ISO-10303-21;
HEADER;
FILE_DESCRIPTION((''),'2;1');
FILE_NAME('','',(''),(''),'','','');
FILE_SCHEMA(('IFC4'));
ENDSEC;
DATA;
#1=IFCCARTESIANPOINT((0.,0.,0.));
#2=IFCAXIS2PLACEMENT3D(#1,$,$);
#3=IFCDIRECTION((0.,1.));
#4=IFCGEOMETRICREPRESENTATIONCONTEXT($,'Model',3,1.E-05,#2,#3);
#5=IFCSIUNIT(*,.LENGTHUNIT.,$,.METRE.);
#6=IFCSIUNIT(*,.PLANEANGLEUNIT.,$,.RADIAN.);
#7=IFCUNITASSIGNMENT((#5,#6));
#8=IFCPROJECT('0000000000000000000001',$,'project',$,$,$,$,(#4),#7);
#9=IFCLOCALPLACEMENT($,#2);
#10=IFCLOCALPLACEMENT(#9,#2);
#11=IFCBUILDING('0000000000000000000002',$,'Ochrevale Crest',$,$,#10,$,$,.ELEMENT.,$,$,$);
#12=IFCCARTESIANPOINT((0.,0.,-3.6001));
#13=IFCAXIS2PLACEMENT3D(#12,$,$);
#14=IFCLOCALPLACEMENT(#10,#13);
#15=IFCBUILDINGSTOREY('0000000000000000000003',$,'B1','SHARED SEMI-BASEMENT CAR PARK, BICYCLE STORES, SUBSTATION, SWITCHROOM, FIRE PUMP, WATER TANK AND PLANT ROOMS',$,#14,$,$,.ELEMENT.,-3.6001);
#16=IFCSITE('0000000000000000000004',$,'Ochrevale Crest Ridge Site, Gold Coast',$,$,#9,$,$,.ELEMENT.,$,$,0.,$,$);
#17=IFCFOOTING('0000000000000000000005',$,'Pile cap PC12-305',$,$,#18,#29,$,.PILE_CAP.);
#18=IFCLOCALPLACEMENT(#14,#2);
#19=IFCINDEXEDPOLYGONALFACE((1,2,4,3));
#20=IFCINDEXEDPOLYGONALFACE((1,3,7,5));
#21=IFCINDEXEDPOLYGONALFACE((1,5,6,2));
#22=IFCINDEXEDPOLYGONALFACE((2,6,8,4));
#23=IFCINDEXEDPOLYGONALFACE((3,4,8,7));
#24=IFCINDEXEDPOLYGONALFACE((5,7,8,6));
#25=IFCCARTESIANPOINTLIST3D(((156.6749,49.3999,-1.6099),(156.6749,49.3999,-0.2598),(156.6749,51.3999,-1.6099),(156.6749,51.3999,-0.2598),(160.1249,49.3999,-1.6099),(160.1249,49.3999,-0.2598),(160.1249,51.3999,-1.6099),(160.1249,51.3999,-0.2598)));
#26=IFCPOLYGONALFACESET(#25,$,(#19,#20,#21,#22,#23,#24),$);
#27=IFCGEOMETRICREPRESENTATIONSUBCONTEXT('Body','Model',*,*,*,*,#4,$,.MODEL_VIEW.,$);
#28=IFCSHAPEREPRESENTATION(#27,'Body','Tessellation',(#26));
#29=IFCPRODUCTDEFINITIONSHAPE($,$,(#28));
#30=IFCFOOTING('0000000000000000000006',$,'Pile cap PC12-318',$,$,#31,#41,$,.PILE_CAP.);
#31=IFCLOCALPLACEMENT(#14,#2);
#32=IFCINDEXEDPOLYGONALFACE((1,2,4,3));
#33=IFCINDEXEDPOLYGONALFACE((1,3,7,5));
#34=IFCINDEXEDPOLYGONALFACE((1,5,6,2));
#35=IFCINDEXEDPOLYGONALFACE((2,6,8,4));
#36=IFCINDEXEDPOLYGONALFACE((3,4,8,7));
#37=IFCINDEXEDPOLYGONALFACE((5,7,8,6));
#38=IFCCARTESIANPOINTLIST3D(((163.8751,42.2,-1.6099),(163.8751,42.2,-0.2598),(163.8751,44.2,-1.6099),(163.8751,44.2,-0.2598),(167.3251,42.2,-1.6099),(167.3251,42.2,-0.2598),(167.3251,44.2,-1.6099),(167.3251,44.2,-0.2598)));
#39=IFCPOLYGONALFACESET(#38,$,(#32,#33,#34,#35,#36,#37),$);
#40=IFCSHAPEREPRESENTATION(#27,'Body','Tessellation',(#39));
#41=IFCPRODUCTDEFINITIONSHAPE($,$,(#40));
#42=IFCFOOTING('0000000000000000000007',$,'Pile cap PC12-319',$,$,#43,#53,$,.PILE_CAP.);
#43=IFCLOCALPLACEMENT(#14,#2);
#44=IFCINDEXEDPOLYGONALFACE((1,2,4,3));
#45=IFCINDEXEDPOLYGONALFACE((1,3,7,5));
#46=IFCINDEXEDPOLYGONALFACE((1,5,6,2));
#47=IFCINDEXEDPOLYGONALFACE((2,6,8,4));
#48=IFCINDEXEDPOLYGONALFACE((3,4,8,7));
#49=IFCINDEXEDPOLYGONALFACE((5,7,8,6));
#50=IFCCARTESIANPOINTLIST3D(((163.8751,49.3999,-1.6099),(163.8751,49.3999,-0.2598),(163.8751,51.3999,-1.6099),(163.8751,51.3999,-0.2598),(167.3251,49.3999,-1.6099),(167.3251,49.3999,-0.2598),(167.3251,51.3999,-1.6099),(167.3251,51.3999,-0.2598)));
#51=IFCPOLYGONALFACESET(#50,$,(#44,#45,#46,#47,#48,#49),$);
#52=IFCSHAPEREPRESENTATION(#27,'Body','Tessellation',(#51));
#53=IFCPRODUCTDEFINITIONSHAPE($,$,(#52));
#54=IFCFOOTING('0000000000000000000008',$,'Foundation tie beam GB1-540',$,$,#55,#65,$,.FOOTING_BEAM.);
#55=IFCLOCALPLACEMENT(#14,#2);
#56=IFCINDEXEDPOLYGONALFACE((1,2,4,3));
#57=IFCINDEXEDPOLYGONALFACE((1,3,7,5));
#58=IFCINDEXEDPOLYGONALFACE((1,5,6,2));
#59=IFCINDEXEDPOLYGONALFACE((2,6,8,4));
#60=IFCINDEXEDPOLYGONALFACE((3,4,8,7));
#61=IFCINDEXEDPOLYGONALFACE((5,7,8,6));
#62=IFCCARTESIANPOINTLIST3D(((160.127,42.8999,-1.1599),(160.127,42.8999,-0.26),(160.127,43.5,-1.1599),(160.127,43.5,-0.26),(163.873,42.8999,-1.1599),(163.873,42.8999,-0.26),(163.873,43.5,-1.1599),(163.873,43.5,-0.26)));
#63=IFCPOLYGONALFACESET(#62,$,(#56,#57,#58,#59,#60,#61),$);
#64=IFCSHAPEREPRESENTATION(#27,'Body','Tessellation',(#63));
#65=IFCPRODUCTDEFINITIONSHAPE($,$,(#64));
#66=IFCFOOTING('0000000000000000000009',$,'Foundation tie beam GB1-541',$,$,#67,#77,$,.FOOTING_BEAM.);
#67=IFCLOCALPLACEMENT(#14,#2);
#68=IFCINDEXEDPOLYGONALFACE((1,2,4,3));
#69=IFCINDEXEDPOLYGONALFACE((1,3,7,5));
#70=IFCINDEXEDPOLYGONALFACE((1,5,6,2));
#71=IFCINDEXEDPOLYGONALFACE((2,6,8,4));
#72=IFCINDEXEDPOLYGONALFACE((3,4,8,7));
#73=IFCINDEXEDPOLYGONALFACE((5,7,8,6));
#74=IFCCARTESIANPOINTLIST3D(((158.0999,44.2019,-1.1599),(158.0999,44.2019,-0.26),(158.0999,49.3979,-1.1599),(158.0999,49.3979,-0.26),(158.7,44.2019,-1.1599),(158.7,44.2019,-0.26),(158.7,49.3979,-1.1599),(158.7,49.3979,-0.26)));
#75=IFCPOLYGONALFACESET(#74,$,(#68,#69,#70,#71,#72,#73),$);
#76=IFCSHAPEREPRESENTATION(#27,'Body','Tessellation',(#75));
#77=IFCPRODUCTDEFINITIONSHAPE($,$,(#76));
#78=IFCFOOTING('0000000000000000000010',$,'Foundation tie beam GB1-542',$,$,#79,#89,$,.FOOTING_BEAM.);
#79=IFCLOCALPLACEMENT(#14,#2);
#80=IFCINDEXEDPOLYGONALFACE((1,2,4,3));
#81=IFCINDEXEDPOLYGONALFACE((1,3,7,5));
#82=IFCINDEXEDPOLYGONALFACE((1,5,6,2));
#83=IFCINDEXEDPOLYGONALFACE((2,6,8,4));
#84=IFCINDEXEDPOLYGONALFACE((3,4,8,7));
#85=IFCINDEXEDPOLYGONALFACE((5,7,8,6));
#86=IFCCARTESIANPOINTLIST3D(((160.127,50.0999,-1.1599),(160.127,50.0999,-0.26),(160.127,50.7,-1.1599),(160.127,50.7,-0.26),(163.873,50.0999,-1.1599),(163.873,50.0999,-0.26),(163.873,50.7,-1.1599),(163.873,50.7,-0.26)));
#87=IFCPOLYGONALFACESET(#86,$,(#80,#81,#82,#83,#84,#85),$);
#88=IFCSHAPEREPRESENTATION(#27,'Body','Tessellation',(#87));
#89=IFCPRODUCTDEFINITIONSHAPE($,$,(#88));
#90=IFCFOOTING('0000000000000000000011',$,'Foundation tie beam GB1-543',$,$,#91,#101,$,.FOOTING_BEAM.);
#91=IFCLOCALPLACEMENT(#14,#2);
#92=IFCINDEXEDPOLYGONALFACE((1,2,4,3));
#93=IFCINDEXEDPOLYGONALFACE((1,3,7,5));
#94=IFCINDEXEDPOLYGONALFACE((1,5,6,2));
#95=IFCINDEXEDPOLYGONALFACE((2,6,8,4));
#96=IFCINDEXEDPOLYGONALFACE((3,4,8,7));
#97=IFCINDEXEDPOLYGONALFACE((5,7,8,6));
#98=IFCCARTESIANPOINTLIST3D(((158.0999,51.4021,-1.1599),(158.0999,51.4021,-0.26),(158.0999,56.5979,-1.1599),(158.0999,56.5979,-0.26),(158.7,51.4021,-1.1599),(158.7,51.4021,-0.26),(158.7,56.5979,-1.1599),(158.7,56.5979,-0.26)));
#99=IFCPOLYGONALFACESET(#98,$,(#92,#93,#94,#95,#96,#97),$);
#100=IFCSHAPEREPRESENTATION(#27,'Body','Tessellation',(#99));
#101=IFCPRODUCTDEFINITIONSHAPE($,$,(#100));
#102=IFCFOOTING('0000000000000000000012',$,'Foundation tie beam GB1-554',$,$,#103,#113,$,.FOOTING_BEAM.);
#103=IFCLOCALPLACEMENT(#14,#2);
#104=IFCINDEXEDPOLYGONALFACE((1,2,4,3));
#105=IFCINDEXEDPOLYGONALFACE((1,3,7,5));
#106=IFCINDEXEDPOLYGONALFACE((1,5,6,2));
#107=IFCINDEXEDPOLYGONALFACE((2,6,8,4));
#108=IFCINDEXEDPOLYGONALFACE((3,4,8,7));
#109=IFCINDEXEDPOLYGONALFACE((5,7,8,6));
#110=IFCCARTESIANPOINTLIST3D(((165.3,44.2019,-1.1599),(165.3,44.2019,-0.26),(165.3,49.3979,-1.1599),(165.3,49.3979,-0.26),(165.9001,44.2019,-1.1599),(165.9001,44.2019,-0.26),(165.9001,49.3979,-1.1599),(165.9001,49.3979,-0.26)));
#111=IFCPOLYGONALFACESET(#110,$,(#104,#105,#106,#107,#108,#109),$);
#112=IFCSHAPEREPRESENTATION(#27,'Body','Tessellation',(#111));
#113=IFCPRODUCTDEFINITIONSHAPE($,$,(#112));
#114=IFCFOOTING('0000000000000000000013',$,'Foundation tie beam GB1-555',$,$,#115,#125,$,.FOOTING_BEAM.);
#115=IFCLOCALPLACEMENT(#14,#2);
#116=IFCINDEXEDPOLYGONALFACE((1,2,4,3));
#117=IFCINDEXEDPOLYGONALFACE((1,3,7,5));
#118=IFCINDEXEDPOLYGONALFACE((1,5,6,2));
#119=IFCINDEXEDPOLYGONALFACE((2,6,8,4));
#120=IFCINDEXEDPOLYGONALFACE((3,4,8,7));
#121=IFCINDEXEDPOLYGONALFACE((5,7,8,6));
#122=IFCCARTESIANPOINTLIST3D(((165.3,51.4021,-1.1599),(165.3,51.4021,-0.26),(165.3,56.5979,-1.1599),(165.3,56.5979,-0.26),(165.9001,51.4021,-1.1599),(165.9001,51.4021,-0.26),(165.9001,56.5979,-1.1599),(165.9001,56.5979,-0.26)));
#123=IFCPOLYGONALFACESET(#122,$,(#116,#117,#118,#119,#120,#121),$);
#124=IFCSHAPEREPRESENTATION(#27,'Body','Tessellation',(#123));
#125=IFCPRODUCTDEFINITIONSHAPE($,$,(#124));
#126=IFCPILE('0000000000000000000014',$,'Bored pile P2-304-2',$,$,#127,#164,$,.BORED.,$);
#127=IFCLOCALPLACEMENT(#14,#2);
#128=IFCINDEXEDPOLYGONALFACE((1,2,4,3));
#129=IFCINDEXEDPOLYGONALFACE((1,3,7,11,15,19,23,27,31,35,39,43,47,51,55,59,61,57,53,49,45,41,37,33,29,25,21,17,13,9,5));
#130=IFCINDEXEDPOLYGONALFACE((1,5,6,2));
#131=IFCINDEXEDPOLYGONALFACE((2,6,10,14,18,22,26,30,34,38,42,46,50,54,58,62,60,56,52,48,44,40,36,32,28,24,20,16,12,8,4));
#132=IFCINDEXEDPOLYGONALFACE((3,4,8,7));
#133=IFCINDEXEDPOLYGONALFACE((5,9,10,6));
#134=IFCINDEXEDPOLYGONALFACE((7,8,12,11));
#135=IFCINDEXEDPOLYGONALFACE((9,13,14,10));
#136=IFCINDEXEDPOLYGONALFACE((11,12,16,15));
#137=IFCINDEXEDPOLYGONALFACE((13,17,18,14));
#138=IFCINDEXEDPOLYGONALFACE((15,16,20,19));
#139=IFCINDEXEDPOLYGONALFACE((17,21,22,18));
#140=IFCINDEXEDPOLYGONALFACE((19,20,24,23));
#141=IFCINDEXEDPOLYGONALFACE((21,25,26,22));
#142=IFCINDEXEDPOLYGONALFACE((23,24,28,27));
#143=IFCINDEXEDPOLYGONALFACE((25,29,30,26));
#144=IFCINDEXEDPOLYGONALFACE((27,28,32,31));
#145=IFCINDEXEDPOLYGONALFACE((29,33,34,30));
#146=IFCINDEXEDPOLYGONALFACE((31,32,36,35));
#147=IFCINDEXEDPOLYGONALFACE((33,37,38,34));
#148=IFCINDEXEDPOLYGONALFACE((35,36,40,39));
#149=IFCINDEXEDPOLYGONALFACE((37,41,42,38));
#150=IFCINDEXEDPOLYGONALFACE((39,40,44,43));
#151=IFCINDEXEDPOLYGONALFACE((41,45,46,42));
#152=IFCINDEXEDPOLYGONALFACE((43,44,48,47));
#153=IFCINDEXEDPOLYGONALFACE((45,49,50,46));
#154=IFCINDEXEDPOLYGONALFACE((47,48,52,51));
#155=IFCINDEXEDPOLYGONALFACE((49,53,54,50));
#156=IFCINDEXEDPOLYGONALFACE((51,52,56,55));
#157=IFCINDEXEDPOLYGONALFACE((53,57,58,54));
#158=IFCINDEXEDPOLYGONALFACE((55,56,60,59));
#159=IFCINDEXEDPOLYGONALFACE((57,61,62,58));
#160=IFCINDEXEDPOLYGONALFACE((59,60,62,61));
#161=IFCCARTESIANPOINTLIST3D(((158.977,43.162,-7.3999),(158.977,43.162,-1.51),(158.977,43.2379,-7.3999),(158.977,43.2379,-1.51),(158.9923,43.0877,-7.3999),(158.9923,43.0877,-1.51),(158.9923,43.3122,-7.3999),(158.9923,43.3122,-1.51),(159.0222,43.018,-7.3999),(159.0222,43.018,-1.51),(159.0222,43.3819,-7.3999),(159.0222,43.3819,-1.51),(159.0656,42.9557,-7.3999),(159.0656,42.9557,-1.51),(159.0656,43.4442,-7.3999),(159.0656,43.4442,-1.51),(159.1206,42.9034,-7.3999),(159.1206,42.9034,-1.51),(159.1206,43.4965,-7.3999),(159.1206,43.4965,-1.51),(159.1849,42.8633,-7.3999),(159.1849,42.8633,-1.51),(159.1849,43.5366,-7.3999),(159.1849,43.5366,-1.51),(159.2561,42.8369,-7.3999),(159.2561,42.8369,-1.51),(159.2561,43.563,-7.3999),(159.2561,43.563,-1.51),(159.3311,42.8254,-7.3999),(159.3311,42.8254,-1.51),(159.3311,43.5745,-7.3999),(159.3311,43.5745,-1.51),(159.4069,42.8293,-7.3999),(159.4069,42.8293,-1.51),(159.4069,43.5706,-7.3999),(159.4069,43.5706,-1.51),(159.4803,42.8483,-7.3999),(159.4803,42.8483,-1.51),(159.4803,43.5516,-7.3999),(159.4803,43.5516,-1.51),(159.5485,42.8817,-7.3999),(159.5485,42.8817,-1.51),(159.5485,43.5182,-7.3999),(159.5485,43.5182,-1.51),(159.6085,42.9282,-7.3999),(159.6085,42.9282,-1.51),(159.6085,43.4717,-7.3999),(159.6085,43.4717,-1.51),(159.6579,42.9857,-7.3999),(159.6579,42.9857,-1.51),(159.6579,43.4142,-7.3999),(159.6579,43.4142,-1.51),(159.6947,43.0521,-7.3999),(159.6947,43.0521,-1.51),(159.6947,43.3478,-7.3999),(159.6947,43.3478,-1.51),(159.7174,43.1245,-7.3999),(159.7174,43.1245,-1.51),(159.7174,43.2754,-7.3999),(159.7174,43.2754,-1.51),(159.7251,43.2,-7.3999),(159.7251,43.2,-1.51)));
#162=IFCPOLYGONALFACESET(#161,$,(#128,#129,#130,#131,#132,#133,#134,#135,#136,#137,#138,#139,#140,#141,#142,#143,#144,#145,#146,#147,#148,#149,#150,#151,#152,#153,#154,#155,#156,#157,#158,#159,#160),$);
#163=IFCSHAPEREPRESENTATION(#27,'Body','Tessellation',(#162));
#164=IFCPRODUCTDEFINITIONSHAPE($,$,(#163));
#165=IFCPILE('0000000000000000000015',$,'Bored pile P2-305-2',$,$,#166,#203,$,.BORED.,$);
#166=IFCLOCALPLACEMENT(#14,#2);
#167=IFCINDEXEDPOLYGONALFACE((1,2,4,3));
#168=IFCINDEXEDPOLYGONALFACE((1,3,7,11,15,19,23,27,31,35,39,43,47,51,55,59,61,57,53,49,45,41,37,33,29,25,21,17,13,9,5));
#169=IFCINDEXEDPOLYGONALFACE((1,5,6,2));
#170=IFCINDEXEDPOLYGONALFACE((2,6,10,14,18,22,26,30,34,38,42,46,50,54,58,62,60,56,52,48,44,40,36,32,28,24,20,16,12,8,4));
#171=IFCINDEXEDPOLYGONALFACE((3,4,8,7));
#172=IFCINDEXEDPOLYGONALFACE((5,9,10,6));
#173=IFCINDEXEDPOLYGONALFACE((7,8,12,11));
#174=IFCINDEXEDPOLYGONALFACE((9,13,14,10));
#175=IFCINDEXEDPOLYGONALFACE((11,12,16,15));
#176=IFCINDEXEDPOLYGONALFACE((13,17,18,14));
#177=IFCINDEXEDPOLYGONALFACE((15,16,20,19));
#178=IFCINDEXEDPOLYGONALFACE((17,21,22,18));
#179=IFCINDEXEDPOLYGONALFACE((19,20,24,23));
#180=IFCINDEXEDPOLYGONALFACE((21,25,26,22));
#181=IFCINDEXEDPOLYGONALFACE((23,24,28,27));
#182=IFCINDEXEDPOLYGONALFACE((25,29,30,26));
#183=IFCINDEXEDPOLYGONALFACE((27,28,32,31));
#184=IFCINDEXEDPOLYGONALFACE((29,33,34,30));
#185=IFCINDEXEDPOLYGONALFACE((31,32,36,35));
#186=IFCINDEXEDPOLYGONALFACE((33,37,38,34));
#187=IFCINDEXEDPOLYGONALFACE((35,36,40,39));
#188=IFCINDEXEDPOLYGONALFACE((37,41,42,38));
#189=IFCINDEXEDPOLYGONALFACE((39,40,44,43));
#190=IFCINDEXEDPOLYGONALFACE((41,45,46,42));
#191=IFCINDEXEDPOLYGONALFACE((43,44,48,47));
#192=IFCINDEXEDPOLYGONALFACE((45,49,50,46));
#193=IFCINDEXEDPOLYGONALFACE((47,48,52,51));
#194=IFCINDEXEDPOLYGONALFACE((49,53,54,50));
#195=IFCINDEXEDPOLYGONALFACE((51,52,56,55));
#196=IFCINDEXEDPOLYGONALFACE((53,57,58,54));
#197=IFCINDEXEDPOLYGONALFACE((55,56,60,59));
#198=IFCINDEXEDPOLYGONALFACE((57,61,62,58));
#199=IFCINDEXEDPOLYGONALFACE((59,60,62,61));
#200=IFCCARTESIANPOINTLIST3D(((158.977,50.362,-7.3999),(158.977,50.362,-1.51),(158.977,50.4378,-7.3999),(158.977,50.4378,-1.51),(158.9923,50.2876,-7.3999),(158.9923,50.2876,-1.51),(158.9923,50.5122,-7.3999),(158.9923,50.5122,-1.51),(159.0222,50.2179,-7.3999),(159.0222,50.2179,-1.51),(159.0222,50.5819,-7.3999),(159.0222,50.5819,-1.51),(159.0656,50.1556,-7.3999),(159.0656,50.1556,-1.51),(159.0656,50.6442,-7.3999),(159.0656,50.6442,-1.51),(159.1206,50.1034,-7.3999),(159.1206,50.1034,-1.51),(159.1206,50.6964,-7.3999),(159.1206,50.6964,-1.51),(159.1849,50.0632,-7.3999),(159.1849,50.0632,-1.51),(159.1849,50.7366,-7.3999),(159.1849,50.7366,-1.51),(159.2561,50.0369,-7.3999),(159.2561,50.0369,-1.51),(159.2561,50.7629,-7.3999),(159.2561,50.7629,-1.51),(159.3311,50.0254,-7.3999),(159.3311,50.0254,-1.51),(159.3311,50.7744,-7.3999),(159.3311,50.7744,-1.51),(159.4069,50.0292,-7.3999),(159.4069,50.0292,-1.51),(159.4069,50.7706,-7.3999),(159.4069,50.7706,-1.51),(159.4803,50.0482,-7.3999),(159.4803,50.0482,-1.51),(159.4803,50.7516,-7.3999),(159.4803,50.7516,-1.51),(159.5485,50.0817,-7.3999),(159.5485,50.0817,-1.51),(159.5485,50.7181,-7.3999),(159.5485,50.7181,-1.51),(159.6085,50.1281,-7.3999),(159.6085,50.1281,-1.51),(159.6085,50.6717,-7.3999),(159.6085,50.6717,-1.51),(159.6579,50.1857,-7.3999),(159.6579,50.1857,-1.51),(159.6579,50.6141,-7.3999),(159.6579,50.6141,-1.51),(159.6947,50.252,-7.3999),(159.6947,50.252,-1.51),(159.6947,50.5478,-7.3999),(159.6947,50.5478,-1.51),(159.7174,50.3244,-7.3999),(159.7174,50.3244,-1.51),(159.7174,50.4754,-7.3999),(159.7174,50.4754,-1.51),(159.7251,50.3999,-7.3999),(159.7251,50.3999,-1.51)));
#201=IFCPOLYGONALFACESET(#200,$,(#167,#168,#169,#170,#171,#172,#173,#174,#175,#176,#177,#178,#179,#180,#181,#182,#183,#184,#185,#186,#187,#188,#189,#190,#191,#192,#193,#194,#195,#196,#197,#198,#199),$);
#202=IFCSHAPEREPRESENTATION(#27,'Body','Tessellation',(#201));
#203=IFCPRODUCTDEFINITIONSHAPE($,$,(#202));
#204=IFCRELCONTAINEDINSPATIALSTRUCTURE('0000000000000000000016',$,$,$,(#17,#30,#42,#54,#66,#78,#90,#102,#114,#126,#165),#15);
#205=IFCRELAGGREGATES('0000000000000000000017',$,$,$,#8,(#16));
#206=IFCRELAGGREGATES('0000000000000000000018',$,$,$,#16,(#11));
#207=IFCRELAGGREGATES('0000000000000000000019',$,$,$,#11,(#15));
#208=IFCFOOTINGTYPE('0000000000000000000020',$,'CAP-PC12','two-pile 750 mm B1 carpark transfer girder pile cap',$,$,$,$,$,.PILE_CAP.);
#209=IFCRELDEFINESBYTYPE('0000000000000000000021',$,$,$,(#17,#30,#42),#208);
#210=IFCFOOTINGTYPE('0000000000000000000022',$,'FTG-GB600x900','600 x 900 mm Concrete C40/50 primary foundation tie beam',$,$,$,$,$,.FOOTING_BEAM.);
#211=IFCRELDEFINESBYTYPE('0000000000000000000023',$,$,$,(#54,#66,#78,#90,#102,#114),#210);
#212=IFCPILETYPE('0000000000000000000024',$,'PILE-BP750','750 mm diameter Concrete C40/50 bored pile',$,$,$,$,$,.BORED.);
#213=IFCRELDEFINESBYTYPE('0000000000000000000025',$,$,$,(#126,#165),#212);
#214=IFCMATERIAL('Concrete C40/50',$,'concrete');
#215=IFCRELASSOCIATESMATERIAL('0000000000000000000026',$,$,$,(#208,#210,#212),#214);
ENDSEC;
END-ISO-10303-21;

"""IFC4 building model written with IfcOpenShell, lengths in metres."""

from ifc_helpers import new_model, si_unit, direction, frame, origin, origin_2d, place, context, subcontext, project, spatial, rectangle, circle, extrude, material, material_profile, profile_set, type_object, element, save


model = new_model("IFC4")

# Units and contexts
model_context = context("Model", 3, precision=1e-05, world=origin(), true_north=direction((0.0, 1.0)))
body_context = subcontext(model_context, "Body", "Model", "MODEL_VIEW")
ifc_project = project(units=[si_unit("LENGTHUNIT", "METRE"), si_unit("PLANEANGLEUNIT", "RADIAN")], contexts=[model_context])

# Site, building, storey
site_placement = place(None, origin())
site = spatial("IfcSite", under=ifc_project, at=site_placement, Name="Ochrevale Crest Ridge Site, Gold Coast", CompositionType="ELEMENT", RefElevation=0.0)
building_placement = place(site_placement, origin())
building = spatial("IfcBuilding", under=site, at=building_placement, Name="Ochrevale Crest", CompositionType="ELEMENT")
storey_placement = place(building_placement, frame((0.0, 0.0, -3.6001)))
storey = spatial("IfcBuildingStorey", under=building, at=storey_placement, Name="B1", Description="SHARED SEMI-BASEMENT CAR PARK, BICYCLE STORES, SUBSTATION, SWITCHROOM, FIRE PUMP, WATER TANK AND PLANT ROOMS", CompositionType="ELEMENT", Elevation=-3.6001)

# Footings
ifc_material_1 = material(Name="Concrete C40/50", Category="concrete")
footing_type_1 = type_object("IfcFootingType", Name="CAP-PC12", Description="two-pile 750 mm B1 carpark transfer girder pile cap", PredefinedType="PILE_CAP", material=ifc_material_1)
for number, where, z_axis, x_axis, name in (
    (1, (158.3999, 50.3999, -1.6099), (0.0, 0.0, 1.0), (1.0, 0.0, 0.0), "Pile cap PC12-305"),
    (2, (165.6001, 43.2, -1.6099), (0.0, 0.0, 1.0), (1.0, 0.0, 0.0), "Pile cap PC12-318"),
    (3, (165.6001, 50.3999, -1.6099), (0.0, 0.0, 1.0), (1.0, 0.0, 0.0), "Pile cap PC12-319"),
):
    element("IfcFooting", number, at=place(storey_placement, frame(where, z_axis=z_axis, x_axis=x_axis)), inside=storey, type_object=footing_type_1, Name=name, PredefinedType="PILE_CAP", context=body_context, shape_type="SweptSolid", body=[
        extrude(rectangle(XDim=3.45, YDim=2.0, at=origin_2d()), origin(), (0.0, 0.0, 1.0), 1.3501),
    ])
ifc_material_profile_1 = material_profile(ifc_material_1, rectangle(XDim=0.6001, YDim=0.8999, at=origin_2d()), Name="GB 600x900")
ifc_profile_set_1 = profile_set([ifc_material_profile_1], Name="Concrete C40/50")
footing_type_2 = type_object("IfcFootingType", Name="FTG-GB600x900", Description="600 x 900 mm Concrete C40/50 primary foundation tie beam", PredefinedType="FOOTING_BEAM", material=ifc_profile_set_1)
footing_1_placement = place(storey_placement, frame((160.127, 43.2, -0.71), z_axis=(1.0, 0.0, 0.0), x_axis=(0.0, 1.0, 0.0)))
element("IfcFooting", 4, at=footing_1_placement, inside=storey, type_object=footing_type_2, Name="Foundation tie beam GB1-540", PredefinedType="FOOTING_BEAM", context=body_context, shape_type="SweptSolid", body=[
    extrude(rectangle(XDim=0.6001, YDim=0.8999, at=origin_2d()), origin(), (0.0, 0.0, 1.0), 3.7461),
])
footing_2_placement = place(storey_placement, frame((158.3999, 44.2019, -0.71), z_axis=(0.0, 1.0, 0.0), x_axis=(-1.0, 0.0, 0.0)))
element("IfcFooting", 5, at=footing_2_placement, inside=storey, type_object=footing_type_2, Name="Foundation tie beam GB1-541", PredefinedType="FOOTING_BEAM", context=body_context, shape_type="SweptSolid", body=[
    extrude(rectangle(XDim=0.6001, YDim=0.8999, at=origin_2d()), origin(), (0.0, 0.0, 1.0), 5.196),
])
footing_3_placement = place(storey_placement, frame((160.127, 50.3999, -0.71), z_axis=(1.0, 0.0, 0.0), x_axis=(0.0, 1.0, 0.0)))
element("IfcFooting", 6, at=footing_3_placement, inside=storey, type_object=footing_type_2, Name="Foundation tie beam GB1-542", PredefinedType="FOOTING_BEAM", context=body_context, shape_type="SweptSolid", body=[
    extrude(rectangle(XDim=0.6001, YDim=0.8999, at=origin_2d()), origin(), (0.0, 0.0, 1.0), 3.7461),
])
footing_4_placement = place(storey_placement, frame((158.3999, 51.4021, -0.71), z_axis=(0.0, 1.0, 0.0), x_axis=(-1.0, 0.0, 0.0)))
element("IfcFooting", 7, at=footing_4_placement, inside=storey, type_object=footing_type_2, Name="Foundation tie beam GB1-543", PredefinedType="FOOTING_BEAM", context=body_context, shape_type="SweptSolid", body=[
    extrude(rectangle(XDim=0.6001, YDim=0.8999, at=origin_2d()), origin(), (0.0, 0.0, 1.0), 5.1958),
])
footing_5_placement = place(storey_placement, frame((165.6001, 44.2019, -0.71), z_axis=(0.0, 1.0, 0.0), x_axis=(-1.0, 0.0, 0.0)))
element("IfcFooting", 8, at=footing_5_placement, inside=storey, type_object=footing_type_2, Name="Foundation tie beam GB1-554", PredefinedType="FOOTING_BEAM", context=body_context, shape_type="SweptSolid", body=[
    extrude(rectangle(XDim=0.6001, YDim=0.8999, at=origin_2d()), origin(), (0.0, 0.0, 1.0), 5.196),
])
footing_6_placement = place(storey_placement, frame((165.6001, 51.4021, -0.71), z_axis=(0.0, 1.0, 0.0), x_axis=(-1.0, 0.0, 0.0)))
element("IfcFooting", 9, at=footing_6_placement, inside=storey, type_object=footing_type_2, Name="Foundation tie beam GB1-555", PredefinedType="FOOTING_BEAM", context=body_context, shape_type="SweptSolid", body=[
    extrude(rectangle(XDim=0.6001, YDim=0.8999, at=origin_2d()), origin(), (0.0, 0.0, 1.0), 5.1958),
])

# Piles
ifc_material_profile_2 = material_profile(ifc_material_1, circle(Radius=0.375, at=origin_2d()), Name="BORED PILE 750")
ifc_profile_set_2 = profile_set([ifc_material_profile_2], Name="Concrete C40/50")
pile_type = type_object("IfcPileType", Name="PILE-BP750", Description="750 mm diameter Concrete C40/50 bored pile", PredefinedType="BORED", material=ifc_profile_set_2)
for number, where, z_axis, x_axis, name in (
    (10, (159.3501, 43.2, -1.51), (0.0, 0.0, -1.0), (1.0, 0.0, 0.0), "Bored pile P2-304-2"),
    (11, (159.3501, 50.3999, -1.51), (0.0, 0.0, -1.0), (1.0, 0.0, 0.0), "Bored pile P2-305-2"),
):
    element("IfcPile", number, at=place(storey_placement, frame(where, z_axis=z_axis, x_axis=x_axis)), inside=storey, type_object=pile_type, Name=name, PredefinedType="BORED", context=body_context, shape_type="SweptSolid", body=[
        extrude(circle(Radius=0.375, at=origin_2d()), origin(), (0.0, 0.0, 1.0), 5.8899),
    ])

save(model, "model.ifc")
